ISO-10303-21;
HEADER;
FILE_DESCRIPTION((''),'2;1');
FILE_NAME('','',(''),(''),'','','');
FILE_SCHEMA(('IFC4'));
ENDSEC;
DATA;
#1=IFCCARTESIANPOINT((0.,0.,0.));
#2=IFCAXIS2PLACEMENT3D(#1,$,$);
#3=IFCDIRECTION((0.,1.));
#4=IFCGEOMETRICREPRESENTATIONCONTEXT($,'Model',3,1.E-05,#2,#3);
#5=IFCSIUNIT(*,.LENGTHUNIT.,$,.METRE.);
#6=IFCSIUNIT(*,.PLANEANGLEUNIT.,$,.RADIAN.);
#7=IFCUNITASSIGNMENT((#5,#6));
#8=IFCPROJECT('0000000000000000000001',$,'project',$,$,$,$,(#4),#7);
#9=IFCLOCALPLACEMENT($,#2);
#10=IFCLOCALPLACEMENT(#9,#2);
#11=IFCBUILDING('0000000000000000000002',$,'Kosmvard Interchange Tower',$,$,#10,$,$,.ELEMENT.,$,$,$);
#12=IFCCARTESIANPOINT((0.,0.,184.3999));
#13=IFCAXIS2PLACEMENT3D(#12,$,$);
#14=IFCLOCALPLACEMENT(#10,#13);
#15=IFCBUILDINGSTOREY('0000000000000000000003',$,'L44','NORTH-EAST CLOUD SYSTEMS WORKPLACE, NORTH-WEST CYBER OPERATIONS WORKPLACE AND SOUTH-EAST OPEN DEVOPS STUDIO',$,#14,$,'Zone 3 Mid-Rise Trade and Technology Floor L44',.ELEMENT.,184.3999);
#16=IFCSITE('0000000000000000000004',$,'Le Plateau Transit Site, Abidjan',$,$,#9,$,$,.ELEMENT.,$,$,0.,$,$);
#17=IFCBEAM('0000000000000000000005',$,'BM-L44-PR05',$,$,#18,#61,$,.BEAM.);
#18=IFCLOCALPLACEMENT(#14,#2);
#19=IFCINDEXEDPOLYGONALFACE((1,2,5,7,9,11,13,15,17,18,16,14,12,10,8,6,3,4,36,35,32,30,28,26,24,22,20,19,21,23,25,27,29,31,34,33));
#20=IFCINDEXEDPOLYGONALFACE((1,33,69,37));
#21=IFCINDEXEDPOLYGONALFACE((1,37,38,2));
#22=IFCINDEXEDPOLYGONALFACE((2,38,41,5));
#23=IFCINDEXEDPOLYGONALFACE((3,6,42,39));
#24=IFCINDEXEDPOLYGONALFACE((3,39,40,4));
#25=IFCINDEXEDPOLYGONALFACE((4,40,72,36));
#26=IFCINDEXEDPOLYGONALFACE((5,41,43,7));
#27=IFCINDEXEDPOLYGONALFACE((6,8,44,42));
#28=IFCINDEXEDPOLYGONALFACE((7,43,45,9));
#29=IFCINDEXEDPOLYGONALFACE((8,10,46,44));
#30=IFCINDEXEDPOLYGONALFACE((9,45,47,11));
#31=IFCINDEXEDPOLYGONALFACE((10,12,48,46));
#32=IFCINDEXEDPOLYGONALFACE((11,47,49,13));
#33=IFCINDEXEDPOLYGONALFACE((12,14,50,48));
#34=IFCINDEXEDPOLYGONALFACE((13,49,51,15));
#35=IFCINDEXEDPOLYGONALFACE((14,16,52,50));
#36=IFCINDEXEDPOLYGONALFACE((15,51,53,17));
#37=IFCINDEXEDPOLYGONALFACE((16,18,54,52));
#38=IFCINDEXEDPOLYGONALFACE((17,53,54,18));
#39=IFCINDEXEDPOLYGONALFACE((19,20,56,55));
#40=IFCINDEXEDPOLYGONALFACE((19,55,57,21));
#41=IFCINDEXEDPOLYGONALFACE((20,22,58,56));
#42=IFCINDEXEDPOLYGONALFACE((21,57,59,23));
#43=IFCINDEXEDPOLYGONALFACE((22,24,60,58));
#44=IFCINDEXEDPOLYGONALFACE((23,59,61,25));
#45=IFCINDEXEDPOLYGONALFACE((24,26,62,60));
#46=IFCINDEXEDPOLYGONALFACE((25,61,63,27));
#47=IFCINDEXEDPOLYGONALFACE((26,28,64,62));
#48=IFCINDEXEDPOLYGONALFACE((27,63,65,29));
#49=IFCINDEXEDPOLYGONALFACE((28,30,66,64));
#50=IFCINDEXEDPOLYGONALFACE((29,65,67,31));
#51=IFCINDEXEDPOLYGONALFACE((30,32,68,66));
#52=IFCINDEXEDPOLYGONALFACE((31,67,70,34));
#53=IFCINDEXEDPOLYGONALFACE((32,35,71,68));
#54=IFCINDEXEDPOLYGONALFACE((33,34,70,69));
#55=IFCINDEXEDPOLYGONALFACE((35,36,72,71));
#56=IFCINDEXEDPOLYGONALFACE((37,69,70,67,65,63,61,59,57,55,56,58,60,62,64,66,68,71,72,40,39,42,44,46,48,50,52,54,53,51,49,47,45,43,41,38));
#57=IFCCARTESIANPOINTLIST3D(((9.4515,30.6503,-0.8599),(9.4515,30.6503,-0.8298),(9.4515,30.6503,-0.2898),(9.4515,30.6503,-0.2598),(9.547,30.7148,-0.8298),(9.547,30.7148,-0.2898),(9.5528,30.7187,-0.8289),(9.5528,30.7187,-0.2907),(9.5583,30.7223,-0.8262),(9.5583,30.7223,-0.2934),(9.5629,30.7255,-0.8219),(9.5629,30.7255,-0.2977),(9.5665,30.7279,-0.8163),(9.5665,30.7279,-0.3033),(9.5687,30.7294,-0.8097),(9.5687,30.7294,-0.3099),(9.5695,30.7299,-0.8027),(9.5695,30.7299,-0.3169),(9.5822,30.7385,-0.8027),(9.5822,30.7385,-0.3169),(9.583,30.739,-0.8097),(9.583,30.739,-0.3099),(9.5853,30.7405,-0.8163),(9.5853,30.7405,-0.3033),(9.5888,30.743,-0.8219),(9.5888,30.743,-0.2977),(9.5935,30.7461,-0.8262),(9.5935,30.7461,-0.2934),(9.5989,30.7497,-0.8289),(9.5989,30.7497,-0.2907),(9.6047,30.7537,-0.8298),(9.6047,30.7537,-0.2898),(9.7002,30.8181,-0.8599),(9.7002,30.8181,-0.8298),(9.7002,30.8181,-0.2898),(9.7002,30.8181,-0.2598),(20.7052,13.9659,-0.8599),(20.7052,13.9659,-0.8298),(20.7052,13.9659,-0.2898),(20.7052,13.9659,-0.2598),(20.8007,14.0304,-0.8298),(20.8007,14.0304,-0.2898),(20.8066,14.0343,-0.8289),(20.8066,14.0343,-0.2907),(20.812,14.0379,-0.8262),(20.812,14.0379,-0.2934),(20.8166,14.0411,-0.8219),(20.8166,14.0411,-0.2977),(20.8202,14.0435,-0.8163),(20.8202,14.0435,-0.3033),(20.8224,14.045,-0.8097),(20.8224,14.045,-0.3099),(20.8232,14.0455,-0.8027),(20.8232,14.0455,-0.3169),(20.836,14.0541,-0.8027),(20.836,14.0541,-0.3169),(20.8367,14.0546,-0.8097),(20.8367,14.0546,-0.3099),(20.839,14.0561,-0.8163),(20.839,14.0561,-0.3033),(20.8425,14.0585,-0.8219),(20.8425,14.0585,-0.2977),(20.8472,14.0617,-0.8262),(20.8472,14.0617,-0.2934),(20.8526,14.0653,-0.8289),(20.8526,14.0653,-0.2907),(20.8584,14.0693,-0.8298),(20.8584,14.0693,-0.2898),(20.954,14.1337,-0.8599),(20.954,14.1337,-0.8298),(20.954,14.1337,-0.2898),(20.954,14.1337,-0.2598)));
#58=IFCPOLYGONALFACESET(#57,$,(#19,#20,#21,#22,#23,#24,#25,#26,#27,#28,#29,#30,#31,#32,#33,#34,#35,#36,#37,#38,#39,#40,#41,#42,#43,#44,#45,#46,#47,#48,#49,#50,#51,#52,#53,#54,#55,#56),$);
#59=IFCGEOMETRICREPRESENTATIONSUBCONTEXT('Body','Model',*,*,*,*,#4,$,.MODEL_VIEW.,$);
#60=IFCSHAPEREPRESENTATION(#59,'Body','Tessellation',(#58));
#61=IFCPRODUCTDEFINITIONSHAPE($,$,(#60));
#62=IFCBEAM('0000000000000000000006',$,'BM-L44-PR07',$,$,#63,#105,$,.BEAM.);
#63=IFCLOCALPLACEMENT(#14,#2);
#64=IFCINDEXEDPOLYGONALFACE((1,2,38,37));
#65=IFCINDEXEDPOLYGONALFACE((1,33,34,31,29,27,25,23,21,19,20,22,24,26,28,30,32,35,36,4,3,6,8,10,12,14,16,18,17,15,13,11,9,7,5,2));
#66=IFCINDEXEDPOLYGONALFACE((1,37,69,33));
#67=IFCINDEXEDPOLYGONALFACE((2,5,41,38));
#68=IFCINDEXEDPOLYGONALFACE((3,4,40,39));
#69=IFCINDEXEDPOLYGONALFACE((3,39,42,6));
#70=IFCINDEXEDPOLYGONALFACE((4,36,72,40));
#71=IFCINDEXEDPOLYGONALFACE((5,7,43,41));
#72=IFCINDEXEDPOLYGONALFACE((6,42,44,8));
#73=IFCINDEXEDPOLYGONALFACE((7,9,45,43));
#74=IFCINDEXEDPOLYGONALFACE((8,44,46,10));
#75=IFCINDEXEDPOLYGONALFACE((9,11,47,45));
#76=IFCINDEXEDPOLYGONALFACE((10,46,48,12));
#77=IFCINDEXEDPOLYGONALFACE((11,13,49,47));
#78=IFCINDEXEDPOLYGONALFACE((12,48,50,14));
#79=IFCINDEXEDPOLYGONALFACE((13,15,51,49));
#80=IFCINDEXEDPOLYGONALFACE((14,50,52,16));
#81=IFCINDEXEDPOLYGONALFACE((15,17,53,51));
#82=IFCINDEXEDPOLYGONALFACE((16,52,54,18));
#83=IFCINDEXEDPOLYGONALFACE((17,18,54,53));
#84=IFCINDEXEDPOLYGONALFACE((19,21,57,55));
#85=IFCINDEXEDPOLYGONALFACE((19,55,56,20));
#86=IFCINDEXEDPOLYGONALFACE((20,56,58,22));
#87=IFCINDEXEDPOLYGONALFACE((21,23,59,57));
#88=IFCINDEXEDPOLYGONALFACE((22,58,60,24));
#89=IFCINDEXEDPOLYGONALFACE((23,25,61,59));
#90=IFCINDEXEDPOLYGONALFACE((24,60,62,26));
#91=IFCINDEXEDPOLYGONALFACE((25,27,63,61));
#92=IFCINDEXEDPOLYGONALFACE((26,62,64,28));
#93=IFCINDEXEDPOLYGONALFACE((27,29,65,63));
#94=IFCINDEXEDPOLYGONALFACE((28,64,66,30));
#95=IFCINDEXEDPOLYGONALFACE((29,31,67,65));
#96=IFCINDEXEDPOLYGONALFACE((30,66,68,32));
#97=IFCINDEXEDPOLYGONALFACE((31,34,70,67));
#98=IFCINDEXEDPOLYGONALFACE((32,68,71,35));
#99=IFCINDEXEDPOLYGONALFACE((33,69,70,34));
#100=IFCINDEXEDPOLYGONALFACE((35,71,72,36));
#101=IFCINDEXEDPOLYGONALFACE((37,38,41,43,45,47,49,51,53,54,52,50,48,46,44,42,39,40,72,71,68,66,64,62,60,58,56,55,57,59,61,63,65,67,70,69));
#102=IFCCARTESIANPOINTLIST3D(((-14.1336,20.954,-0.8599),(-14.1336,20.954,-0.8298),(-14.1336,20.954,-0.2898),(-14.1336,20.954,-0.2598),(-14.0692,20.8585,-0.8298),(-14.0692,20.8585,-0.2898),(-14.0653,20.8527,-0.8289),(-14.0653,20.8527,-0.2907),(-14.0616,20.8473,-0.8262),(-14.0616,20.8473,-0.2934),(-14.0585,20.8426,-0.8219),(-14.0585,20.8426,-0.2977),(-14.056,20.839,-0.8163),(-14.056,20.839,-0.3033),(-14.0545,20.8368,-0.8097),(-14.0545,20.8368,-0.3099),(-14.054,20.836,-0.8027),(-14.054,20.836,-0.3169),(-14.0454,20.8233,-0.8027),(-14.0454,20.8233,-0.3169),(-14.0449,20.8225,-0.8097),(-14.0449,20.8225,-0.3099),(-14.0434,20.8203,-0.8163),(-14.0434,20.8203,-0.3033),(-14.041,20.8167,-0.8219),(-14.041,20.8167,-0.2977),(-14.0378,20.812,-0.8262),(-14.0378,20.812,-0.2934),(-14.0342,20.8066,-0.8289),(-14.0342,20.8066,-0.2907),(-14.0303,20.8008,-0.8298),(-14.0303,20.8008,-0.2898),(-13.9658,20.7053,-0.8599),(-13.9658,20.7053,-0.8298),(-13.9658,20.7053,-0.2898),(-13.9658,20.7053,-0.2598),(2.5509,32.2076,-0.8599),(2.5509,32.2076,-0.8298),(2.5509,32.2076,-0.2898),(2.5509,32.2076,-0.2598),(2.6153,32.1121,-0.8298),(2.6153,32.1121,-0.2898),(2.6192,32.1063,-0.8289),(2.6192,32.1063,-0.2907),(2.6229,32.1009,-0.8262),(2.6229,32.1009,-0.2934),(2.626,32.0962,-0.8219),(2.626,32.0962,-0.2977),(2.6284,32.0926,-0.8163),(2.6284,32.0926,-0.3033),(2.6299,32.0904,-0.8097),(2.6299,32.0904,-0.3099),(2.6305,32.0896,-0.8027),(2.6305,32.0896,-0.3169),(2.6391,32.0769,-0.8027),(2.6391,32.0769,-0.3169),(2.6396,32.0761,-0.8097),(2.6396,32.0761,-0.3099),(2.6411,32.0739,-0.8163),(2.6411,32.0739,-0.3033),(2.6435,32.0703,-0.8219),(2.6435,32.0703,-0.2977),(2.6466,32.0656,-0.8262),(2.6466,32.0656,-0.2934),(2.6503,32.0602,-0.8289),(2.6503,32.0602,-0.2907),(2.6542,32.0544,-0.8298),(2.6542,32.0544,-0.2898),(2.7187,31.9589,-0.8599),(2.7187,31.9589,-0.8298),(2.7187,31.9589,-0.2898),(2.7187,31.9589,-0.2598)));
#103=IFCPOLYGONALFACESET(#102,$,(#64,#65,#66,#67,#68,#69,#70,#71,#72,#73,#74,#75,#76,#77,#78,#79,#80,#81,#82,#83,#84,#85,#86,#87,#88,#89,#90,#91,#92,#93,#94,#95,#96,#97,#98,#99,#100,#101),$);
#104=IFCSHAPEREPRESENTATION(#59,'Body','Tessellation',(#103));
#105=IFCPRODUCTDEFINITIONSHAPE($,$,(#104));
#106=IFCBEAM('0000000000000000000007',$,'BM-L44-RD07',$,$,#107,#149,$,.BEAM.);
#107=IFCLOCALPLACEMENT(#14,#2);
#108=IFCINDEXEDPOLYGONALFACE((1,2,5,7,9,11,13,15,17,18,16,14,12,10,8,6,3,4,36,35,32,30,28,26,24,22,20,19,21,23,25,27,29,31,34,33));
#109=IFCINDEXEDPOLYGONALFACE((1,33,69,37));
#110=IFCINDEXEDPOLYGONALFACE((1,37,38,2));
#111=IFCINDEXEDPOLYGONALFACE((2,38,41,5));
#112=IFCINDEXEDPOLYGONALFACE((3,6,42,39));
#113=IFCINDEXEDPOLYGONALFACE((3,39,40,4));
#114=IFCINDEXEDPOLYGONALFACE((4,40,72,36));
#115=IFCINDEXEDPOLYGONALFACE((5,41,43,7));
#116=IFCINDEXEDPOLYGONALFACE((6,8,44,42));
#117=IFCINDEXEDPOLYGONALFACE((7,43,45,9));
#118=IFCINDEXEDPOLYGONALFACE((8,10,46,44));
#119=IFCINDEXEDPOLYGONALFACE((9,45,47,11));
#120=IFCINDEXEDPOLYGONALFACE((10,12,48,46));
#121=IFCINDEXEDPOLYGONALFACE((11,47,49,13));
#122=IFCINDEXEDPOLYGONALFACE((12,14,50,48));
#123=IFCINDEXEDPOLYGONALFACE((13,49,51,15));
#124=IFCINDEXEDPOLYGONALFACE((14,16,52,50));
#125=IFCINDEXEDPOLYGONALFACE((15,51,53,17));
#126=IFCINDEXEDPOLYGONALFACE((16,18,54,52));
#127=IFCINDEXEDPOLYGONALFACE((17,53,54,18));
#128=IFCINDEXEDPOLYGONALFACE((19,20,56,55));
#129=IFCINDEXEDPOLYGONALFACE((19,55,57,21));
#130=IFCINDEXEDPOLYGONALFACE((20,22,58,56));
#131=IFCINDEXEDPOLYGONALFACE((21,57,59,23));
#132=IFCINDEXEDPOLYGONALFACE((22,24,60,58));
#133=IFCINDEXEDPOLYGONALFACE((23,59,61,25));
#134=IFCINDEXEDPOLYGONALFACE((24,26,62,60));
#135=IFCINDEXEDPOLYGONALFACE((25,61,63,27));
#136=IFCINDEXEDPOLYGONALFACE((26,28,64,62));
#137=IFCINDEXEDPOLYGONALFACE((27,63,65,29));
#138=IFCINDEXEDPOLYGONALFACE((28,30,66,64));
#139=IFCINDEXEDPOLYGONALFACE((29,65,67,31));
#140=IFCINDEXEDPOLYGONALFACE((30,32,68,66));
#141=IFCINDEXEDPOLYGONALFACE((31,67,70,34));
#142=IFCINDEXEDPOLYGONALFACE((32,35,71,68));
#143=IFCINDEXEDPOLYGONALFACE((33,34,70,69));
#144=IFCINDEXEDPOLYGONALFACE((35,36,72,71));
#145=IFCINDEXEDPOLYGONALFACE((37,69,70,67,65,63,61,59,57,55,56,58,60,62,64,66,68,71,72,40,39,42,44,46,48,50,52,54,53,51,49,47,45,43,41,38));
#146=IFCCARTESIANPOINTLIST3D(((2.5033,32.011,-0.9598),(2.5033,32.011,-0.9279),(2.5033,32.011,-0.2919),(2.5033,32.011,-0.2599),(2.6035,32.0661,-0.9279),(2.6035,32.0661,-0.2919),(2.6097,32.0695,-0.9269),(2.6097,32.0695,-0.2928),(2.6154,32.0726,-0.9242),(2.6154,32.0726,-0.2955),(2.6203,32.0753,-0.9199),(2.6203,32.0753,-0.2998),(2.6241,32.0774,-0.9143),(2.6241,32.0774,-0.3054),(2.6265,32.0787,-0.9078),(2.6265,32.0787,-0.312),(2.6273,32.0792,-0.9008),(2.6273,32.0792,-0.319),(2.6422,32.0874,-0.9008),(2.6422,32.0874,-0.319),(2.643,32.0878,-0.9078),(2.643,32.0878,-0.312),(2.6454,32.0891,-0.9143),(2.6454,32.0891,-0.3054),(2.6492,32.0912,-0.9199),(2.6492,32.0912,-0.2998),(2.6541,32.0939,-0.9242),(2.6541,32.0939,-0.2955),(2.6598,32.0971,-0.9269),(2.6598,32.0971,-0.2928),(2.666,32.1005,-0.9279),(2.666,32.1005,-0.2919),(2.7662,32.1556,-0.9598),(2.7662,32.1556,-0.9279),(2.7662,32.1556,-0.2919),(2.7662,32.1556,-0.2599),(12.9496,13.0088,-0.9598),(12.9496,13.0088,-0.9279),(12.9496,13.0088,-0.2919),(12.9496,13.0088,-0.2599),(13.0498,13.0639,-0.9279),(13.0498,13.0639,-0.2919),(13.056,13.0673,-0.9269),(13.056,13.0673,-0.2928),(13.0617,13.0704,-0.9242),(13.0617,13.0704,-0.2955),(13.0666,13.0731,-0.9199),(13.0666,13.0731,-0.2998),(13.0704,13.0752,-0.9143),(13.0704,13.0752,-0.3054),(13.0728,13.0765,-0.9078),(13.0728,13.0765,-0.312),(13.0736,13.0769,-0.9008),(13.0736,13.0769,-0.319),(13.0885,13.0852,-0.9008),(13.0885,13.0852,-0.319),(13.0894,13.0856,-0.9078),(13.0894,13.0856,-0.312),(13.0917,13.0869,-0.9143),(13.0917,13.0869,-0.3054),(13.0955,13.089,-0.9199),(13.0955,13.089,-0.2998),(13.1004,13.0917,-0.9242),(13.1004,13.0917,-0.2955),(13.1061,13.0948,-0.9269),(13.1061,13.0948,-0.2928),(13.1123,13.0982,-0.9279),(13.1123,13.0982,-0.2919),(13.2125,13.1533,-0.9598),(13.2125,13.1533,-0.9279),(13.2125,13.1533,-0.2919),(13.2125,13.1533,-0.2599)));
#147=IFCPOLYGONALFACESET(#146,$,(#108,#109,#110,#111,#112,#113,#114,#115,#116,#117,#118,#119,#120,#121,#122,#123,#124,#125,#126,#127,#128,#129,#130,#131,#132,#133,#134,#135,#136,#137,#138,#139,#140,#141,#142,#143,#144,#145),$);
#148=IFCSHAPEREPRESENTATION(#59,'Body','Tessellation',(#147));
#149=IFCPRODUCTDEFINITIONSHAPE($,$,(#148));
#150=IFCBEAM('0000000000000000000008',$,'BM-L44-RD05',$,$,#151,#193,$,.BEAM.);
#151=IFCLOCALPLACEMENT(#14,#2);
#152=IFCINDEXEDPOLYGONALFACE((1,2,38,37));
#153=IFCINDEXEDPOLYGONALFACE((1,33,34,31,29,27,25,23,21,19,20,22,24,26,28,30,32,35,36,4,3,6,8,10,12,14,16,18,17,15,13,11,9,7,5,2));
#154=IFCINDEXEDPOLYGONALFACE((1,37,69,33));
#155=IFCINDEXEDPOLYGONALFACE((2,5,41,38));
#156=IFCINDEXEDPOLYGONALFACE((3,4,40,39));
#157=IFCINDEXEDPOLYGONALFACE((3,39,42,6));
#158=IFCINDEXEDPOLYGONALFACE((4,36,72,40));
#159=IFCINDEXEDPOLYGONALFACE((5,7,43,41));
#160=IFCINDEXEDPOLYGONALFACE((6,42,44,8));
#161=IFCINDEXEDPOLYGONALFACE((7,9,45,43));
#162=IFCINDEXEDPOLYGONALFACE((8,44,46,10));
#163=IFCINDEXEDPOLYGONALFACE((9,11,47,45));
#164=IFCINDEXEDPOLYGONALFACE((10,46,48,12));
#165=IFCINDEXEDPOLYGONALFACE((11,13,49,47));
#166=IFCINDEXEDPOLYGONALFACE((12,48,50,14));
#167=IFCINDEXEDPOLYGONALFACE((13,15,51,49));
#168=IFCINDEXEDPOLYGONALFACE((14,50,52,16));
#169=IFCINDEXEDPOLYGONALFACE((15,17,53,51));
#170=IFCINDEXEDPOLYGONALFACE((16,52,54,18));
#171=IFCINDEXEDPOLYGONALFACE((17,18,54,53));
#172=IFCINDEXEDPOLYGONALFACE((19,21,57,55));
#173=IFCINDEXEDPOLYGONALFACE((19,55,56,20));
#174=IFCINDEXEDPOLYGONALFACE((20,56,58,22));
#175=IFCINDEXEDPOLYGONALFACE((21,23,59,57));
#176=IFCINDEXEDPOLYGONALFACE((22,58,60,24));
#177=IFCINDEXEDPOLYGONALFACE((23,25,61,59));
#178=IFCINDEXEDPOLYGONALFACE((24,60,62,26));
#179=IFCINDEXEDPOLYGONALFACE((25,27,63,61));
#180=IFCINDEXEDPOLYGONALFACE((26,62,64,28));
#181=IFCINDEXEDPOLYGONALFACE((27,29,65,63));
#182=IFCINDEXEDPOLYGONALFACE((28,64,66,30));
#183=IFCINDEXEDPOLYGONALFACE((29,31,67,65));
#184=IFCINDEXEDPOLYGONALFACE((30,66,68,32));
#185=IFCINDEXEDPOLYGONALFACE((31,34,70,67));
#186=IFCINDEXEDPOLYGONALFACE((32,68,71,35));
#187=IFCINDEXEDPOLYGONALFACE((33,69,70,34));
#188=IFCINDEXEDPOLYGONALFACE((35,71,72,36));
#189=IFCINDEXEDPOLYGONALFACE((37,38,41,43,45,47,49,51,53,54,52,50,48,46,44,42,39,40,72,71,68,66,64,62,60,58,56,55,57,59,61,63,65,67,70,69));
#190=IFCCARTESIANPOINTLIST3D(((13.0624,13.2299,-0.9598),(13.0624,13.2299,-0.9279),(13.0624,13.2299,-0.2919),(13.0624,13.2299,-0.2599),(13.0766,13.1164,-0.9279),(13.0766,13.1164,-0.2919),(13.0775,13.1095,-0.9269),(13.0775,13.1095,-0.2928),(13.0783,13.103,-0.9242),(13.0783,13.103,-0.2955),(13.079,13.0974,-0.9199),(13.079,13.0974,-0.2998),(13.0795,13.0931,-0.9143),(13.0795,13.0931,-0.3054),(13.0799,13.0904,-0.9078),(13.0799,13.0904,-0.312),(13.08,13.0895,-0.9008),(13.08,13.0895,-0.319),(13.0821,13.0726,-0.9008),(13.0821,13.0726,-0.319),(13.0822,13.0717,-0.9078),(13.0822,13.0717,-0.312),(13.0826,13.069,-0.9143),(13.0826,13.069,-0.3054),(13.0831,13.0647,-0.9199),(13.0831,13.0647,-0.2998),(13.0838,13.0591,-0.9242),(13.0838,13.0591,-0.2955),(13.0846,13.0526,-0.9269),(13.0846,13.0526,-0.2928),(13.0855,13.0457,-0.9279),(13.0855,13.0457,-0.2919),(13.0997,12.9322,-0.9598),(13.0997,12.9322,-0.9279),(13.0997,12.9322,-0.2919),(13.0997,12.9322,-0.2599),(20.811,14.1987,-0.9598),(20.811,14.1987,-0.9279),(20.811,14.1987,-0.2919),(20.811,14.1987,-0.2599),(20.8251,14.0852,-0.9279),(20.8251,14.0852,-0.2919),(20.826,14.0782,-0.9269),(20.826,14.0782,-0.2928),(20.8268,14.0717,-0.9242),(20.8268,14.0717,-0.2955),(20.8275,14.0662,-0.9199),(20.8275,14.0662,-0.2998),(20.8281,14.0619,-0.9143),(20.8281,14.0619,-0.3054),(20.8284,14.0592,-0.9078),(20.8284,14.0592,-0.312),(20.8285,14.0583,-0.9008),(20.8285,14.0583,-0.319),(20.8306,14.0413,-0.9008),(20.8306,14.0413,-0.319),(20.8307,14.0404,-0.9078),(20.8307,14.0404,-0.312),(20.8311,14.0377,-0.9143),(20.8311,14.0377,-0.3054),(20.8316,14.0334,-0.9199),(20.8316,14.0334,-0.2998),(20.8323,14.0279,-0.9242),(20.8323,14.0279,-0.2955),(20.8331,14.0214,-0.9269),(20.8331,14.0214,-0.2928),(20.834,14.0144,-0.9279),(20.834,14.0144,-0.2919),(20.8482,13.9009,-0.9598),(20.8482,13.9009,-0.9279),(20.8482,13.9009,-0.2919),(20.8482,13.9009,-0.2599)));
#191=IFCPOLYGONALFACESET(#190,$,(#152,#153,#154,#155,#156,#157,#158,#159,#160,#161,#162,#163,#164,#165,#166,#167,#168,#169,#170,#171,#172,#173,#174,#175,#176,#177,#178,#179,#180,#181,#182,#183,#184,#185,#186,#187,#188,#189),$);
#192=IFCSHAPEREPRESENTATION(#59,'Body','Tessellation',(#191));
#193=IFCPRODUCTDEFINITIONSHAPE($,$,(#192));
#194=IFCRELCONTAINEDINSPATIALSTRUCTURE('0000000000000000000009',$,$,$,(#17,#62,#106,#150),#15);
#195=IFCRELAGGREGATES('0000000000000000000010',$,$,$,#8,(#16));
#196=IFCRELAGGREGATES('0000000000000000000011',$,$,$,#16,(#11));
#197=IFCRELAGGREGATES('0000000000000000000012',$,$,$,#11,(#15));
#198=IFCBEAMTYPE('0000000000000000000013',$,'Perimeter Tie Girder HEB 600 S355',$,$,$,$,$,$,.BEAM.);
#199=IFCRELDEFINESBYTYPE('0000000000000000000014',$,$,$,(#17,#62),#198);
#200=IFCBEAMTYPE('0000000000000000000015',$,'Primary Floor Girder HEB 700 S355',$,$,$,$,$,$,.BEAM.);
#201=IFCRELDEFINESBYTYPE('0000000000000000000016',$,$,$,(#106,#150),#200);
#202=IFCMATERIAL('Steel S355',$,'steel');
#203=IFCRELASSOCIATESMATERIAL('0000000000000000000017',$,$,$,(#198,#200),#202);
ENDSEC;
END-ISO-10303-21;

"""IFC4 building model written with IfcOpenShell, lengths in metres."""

from ifc_helpers import new_model, si_unit, direction, frame, origin, origin_2d, place, context, subcontext, project, spatial, i_section, extrude, source, transform, mapped, material, material_profile, profile_set, type_object, element, save


model = new_model("IFC4")

# Units and contexts
model_context = context("Model", 3, precision=1e-05, world=origin(), true_north=direction((0.0, 1.0)))
body_context = subcontext(model_context, "Body", "Model", "MODEL_VIEW")
ifc_project = project(units=[si_unit("LENGTHUNIT", "METRE"), si_unit("PLANEANGLEUNIT", "RADIAN")], contexts=[model_context])

# Site, building, storey
site_placement = place(None, origin())
site = spatial("IfcSite", under=ifc_project, at=site_placement, Name="Le Plateau Transit Site, Abidjan", CompositionType="ELEMENT", RefElevation=0.0)
building_placement = place(site_placement, origin())
building = spatial("IfcBuilding", under=site, at=building_placement, Name="Kosmvard Interchange Tower", CompositionType="ELEMENT")
storey_placement = place(building_placement, frame((0.0, 0.0, 184.3999)))
storey = spatial("IfcBuildingStorey", under=building, at=storey_placement, Name="L44", Description="NORTH-EAST CLOUD SYSTEMS WORKPLACE, NORTH-WEST CYBER OPERATIONS WORKPLACE AND SOUTH-EAST OPEN DEVOPS STUDIO", LongName="Zone 3 Mid-Rise Trade and Technology Floor L44", CompositionType="ELEMENT", Elevation=184.3999)

# Beams
ifc_material_1 = material(Name="Steel S355", Category="steel")
ifc_material_profile_1 = material_profile(ifc_material_1, i_section(OverallWidth=0.3, OverallDepth=0.6001, WebThickness=0.0154, FlangeThickness=0.03, FilletRadius=0.0271, at=origin_2d()), Name="HEB 600")
ifc_profile_set_1 = profile_set([ifc_material_profile_1], Name="Steel S355")
beam_type_1 = type_object("IfcBeamType", Name="Perimeter Tie Girder HEB 600 S355", PredefinedType="BEAM", material=ifc_profile_set_1)
shared_shape_1 = source(origin(), body_context, "Body", "SweptSolid", [
    extrude(i_section(OverallWidth=0.3, OverallDepth=0.6001, WebThickness=0.0154, FlangeThickness=0.03, FilletRadius=0.0271, at=origin_2d()), origin(), (0.0, 0.0, 1.0), 20.125),
])
for number, where, z_axis, x_axis, name in (
    (1, (20.8296, 14.0498, -0.5598), (-0.559191, 0.829039, 0.0), (-0.829039, -0.559191, 0.0), "BM-L44-PR05"),
    (2, (2.6348, 32.0833, -0.5598), (-0.829043, -0.559185, 0.0), (0.559185, -0.829043, 0.0), "BM-L44-PR07"),
):
    element("IfcBeam", number, at=place(storey_placement, frame(where, z_axis=z_axis, x_axis=x_axis)), inside=storey, type_object=beam_type_1, Name=name, PredefinedType="BEAM", context=body_context, shape_type="MappedRepresentation", body=[
        mapped(shared_shape_1, transform((0.0, 0.0, 0.0), scale=1.0)),
    ])
ifc_material_profile_2 = material_profile(ifc_material_1, i_section(OverallWidth=0.3, OverallDepth=0.7, WebThickness=0.0171, FlangeThickness=0.032, FilletRadius=0.0271, at=origin_2d()), Name="HEB 700")
ifc_profile_set_2 = profile_set([ifc_material_profile_2], Name="Steel S355")
beam_type_2 = type_object("IfcBeamType", Name="Primary Floor Girder HEB 700 S355", PredefinedType="BEAM", material=ifc_profile_set_2)
shared_shape_2 = source(origin(), body_context, "Body", "SweptSolid", [
    extrude(i_section(OverallWidth=0.3, OverallDepth=0.7, WebThickness=0.0171, FlangeThickness=0.032, FilletRadius=0.0271, at=origin_2d()), origin(), (0.0, 0.0, 1.0), 21.6843),
])
beam_1_placement = place(storey_placement, frame((13.0811, 13.0811, -0.6099), z_axis=(-0.481745, 0.876312, 0.0), x_axis=(-0.876312, -0.481745, 0.0)))
element("IfcBeam", 3, at=beam_1_placement, inside=storey, type_object=beam_type_2, Name="BM-L44-RD07", PredefinedType="BEAM", context=body_context, shape_type="MappedRepresentation", body=[
    mapped(shared_shape_2, transform((0.0, 0.0, 0.0), scale=1.0)),
])
shared_shape_3 = source(origin(), body_context, "Body", "SweptSolid", [
    extrude(i_section(OverallWidth=0.3, OverallDepth=0.7, WebThickness=0.0171, FlangeThickness=0.032, FilletRadius=0.0271, at=origin_2d()), origin(), (0.0, 0.0, 1.0), 7.8088),
])
beam_2_placement = place(storey_placement, frame((13.0811, 13.0811, -0.6099), z_axis=(0.992275, 0.124058, 0.0), x_axis=(-0.124058, 0.992275, 0.0)))
element("IfcBeam", 4, at=beam_2_placement, inside=storey, type_object=beam_type_2, Name="BM-L44-RD05", PredefinedType="BEAM", context=body_context, shape_type="MappedRepresentation", body=[
    mapped(shared_shape_3, transform((0.0, 0.0, 0.0), scale=1.0)),
])

save(model, "model.ifc")
